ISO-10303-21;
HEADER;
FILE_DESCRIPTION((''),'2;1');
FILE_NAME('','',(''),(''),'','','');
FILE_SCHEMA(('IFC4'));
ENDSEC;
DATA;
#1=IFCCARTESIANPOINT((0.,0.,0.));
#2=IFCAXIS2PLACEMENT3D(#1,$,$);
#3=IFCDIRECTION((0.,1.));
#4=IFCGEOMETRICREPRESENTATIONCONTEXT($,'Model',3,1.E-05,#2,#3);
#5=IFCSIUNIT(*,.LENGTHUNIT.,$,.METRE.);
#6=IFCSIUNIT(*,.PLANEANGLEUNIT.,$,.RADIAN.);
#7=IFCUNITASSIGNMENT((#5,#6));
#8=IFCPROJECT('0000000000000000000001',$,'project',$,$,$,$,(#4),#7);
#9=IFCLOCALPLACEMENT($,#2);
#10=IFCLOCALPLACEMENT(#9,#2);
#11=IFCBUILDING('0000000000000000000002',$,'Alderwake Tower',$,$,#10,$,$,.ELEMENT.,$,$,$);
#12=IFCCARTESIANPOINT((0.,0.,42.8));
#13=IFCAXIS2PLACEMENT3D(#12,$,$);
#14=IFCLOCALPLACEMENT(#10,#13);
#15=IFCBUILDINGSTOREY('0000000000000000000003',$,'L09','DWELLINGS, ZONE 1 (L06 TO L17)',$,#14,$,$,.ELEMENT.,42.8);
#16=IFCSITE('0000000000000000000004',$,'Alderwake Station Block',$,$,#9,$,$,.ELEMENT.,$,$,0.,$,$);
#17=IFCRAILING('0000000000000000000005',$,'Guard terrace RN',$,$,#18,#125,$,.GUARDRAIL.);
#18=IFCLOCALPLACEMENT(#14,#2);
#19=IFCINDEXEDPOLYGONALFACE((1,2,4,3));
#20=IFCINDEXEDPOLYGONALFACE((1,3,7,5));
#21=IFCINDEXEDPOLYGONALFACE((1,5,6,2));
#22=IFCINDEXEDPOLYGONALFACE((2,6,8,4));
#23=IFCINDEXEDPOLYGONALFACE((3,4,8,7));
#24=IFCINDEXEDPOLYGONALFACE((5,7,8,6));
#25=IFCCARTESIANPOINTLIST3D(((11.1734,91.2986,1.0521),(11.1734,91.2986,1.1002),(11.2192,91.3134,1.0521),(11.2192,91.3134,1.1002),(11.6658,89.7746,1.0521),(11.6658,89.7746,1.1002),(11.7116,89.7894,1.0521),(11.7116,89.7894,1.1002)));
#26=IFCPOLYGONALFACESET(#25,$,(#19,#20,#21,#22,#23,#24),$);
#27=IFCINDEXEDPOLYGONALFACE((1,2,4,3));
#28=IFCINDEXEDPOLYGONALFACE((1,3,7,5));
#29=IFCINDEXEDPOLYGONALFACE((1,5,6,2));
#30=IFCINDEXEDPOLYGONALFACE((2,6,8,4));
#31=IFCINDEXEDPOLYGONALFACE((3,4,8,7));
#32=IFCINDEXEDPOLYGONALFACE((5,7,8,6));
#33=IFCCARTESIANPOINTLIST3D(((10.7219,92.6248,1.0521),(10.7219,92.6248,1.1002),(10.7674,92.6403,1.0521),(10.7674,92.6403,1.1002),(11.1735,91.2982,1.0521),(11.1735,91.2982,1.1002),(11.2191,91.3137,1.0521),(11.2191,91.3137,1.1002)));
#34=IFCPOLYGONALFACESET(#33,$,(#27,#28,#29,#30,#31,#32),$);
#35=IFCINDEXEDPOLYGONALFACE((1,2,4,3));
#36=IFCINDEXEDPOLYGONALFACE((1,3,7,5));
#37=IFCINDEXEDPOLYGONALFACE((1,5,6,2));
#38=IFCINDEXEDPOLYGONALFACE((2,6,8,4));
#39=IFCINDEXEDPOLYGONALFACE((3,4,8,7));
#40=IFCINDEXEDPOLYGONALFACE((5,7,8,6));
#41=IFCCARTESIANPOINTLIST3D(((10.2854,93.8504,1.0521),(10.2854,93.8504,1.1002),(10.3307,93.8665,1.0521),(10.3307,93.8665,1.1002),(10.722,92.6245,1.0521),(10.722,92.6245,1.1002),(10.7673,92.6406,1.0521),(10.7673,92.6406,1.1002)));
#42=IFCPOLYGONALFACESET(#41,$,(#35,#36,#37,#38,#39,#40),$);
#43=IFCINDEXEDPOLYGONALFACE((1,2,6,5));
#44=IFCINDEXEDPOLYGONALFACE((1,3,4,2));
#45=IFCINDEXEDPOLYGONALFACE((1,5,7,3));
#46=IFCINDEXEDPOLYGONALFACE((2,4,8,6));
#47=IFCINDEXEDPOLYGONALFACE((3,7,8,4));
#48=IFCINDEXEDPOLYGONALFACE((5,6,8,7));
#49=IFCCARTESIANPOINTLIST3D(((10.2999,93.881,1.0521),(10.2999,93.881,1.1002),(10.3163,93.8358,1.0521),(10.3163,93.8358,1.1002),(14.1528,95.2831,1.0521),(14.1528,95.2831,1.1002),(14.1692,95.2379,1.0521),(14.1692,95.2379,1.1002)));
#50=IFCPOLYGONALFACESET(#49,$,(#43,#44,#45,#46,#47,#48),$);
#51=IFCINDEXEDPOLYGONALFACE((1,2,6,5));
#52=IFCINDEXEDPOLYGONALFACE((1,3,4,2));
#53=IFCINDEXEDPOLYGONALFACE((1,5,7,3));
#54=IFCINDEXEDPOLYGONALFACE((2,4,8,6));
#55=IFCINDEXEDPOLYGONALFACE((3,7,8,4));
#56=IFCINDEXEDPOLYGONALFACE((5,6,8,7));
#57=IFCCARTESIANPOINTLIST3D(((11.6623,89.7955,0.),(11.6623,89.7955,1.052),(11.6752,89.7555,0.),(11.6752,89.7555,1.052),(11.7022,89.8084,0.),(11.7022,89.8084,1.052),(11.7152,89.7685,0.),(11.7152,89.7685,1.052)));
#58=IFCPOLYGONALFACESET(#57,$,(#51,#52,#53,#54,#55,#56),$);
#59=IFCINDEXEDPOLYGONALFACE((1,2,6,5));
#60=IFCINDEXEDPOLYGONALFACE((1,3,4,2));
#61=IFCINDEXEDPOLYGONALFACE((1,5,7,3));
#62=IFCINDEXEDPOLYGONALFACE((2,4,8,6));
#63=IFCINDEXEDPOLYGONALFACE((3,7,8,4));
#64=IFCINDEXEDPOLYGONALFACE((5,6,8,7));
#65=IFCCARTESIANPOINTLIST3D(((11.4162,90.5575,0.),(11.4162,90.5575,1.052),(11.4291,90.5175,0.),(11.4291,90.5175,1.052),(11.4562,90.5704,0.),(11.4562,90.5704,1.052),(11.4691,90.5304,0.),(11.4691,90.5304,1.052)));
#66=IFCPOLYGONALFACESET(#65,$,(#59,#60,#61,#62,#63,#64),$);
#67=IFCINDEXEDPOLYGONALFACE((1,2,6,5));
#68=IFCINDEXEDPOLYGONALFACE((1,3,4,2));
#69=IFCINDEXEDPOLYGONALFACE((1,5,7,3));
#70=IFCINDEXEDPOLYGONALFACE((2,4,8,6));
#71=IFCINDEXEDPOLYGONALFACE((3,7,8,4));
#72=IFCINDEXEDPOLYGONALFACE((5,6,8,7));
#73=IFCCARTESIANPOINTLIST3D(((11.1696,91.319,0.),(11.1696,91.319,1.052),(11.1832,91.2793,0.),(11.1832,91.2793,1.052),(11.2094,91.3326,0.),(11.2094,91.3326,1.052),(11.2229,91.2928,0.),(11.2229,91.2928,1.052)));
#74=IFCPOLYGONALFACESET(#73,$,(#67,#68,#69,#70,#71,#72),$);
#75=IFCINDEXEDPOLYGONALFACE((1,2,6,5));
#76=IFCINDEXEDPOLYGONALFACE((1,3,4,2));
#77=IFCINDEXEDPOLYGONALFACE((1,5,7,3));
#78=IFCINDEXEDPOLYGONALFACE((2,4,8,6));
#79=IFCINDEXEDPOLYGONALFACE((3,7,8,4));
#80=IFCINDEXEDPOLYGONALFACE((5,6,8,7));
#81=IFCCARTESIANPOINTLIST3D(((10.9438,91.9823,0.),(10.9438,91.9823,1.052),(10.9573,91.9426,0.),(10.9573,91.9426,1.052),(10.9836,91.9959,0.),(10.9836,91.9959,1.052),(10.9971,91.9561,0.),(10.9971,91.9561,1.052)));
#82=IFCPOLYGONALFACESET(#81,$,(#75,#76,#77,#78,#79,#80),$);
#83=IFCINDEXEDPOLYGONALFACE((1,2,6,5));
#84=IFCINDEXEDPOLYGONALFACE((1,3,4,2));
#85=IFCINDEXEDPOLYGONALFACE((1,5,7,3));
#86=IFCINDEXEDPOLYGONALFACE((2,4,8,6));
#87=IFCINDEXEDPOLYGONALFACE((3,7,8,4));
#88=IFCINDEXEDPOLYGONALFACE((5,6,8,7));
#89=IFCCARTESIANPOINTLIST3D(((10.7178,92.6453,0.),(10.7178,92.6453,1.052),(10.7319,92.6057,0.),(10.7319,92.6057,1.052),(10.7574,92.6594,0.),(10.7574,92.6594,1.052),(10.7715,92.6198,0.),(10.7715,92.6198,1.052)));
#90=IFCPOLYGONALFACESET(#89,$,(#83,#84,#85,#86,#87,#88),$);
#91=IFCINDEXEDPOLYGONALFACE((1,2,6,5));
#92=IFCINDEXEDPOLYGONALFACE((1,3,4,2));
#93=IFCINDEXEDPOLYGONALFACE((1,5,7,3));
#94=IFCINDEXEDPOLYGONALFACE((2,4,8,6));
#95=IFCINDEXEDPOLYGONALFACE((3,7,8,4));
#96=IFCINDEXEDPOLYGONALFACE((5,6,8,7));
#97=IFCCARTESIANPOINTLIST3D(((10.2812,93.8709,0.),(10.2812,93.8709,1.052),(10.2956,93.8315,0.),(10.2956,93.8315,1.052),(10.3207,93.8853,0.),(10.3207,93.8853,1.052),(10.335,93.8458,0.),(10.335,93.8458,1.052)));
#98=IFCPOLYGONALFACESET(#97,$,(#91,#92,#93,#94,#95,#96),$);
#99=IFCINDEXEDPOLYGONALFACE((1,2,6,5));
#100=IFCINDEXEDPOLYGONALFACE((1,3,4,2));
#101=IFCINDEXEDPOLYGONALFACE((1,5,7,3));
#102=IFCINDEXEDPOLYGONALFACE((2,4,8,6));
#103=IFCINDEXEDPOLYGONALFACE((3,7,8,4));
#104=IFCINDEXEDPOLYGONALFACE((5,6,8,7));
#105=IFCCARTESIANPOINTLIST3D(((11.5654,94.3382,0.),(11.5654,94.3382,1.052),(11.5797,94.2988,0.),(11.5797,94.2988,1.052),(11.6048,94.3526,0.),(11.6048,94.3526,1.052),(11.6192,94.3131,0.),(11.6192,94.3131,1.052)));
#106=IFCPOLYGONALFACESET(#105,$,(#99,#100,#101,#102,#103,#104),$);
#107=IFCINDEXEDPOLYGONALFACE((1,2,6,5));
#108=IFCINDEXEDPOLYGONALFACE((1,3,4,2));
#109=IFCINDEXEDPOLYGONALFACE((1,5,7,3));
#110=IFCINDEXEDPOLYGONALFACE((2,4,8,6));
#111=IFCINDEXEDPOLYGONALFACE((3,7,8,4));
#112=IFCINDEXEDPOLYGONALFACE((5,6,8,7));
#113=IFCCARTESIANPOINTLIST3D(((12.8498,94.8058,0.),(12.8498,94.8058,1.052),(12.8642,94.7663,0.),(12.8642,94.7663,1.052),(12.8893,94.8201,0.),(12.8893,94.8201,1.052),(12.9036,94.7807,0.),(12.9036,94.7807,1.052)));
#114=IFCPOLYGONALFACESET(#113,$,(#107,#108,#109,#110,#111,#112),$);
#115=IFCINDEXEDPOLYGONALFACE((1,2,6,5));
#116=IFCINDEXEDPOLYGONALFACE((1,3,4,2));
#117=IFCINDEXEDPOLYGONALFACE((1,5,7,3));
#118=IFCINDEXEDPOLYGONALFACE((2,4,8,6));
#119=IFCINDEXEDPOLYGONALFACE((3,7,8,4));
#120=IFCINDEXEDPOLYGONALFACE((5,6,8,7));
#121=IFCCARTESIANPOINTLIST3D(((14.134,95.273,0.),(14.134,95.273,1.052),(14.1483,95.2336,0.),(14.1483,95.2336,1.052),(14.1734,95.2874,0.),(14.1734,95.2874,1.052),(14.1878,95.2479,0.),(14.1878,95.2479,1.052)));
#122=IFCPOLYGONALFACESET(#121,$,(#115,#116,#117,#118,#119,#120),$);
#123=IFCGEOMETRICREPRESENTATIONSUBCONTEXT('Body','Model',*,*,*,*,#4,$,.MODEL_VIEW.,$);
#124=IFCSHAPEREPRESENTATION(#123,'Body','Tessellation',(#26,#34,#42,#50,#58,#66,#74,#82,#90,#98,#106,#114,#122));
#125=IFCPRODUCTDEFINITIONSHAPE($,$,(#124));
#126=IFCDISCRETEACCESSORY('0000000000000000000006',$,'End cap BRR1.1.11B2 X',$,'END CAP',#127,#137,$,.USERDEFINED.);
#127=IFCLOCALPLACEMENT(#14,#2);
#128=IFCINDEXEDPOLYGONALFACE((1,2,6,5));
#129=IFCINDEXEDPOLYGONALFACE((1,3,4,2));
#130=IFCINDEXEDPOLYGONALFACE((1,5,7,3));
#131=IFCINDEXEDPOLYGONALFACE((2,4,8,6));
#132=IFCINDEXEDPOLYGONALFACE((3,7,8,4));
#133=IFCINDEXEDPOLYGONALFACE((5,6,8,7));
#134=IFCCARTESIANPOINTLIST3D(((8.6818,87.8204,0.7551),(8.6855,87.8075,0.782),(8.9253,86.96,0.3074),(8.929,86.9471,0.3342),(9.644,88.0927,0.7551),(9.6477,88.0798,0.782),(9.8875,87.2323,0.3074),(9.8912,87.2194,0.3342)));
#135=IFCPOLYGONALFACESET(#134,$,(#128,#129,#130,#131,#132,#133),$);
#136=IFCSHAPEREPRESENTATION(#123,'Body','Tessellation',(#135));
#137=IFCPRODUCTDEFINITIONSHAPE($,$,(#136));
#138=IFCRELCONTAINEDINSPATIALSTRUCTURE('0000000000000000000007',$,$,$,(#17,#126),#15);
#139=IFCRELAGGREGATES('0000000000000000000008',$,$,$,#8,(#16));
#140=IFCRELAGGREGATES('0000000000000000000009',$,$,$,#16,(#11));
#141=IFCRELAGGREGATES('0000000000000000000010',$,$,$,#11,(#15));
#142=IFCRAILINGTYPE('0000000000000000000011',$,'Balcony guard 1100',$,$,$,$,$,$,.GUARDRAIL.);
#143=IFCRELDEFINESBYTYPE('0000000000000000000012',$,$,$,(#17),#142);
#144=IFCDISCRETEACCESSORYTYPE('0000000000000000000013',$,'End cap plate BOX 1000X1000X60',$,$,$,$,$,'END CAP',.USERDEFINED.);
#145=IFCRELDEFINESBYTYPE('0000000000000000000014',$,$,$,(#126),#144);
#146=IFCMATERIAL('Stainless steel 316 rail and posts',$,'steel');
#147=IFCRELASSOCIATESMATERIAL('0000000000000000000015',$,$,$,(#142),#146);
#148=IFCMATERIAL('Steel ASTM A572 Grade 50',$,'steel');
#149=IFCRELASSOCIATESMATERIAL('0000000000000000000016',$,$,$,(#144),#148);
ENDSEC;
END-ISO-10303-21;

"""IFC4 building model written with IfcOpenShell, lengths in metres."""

from ifc_helpers import new_model, si_unit, direction, frame, origin, origin_2d, place, context, subcontext, project, spatial, rectangle, extrude, material, material_profile, profile_set, type_object, element, save


model = new_model("IFC4")

# Units and contexts
model_context = context("Model", 3, precision=1e-05, world=origin(), true_north=direction((0.0, 1.0)))
body_context = subcontext(model_context, "Body", "Model", "MODEL_VIEW")
ifc_project = project(units=[si_unit("LENGTHUNIT", "METRE"), si_unit("PLANEANGLEUNIT", "RADIAN")], contexts=[model_context])

# Site, building, storey
site_placement = place(None, origin())
site = spatial("IfcSite", under=ifc_project, at=site_placement, Name="Alderwake Station Block", CompositionType="ELEMENT", RefElevation=0.0)
building_placement = place(site_placement, origin())
building = spatial("IfcBuilding", under=site, at=building_placement, Name="Alderwake Tower", CompositionType="ELEMENT")
storey_placement = place(building_placement, frame((0.0, 0.0, 42.8)))
storey = spatial("IfcBuildingStorey", under=building, at=storey_placement, Name="L09", Description="DWELLINGS, ZONE 1 (L06 TO L17)", CompositionType="ELEMENT", Elevation=42.8)

# Railing
ifc_material_1 = material(Name="Stainless steel 316 rail and posts", Category="steel")
railing_type = type_object("IfcRailingType", Name="Balcony guard 1100", PredefinedType="GUARDRAIL", material=ifc_material_1)
railing_1_placement = place(storey_placement, frame((11.6887, 89.782, 0.0)))
element("IfcRailing", 1, at=railing_1_placement, inside=storey, type_object=railing_type, Name="Guard terrace RN", PredefinedType="GUARDRAIL", context=body_context, shape_type="SweptSolid", body=[
    extrude(rectangle(XDim=0.0481, YDim=0.0481, at=origin_2d()), frame((0.0, 0.0, 1.0762), z_axis=(-0.307479, 0.951555, 0.0), x_axis=(-0.951555, -0.307479, 0.0)), (0.0, 0.0, 1.0), 1.6016),
    extrude(rectangle(XDim=0.0481, YDim=0.0481, at=origin_2d()), frame((-0.4924, 1.5239, 1.0762), z_axis=(-0.322284, 0.946643, 0.0), x_axis=(-0.946643, -0.322284, 0.0)), (0.0, 0.0, 1.0), 1.4014),
    extrude(rectangle(XDim=0.0481, YDim=0.0481, at=origin_2d()), frame((-0.9441, 2.8506, 1.0762), z_axis=(-0.335469, 0.942051, 0.0), x_axis=(-0.942051, -0.335469, 0.0)), (0.0, 0.0, 1.0), 1.3013),
    extrude(rectangle(XDim=0.0481, YDim=0.0481, at=origin_2d()), frame((-1.3806, 4.0764, 1.0762), z_axis=(0.939708, 0.341977, 0.0), x_axis=(-0.341977, 0.939708, 0.0)), (0.0, 0.0, 1.0), 4.1001),
    extrude(rectangle(XDim=0.042, YDim=0.042, at=origin_2d()), frame((0.0, 0.0, 0.0), z_axis=(0.0, 0.0, 1.0), x_axis=(-0.307479, 0.951555, 0.0)), (0.0, 0.0, 1.0), 1.052),
    extrude(rectangle(XDim=0.042, YDim=0.042, at=origin_2d()), frame((-0.2461, 0.762, 0.0), z_axis=(0.0, 0.0, 1.0), x_axis=(-0.307479, 0.951555, 0.0)), (0.0, 0.0, 1.0), 1.052),
    extrude(rectangle(XDim=0.042, YDim=0.042, at=origin_2d()), frame((-0.4924, 1.5239, 0.0), z_axis=(0.0, 0.0, 1.0), x_axis=(-0.322284, 0.946643, 0.0)), (0.0, 0.0, 1.0), 1.052),
    extrude(rectangle(XDim=0.042, YDim=0.042, at=origin_2d()), frame((-0.7183, 2.1873, 0.0), z_axis=(0.0, 0.0, 1.0), x_axis=(-0.322284, 0.946643, 0.0)), (0.0, 0.0, 1.0), 1.052),
    extrude(rectangle(XDim=0.042, YDim=0.042, at=origin_2d()), frame((-0.9441, 2.8506, 0.0), z_axis=(0.0, 0.0, 1.0), x_axis=(-0.335469, 0.942051, 0.0)), (0.0, 0.0, 1.0), 1.052),
    extrude(rectangle(XDim=0.042, YDim=0.042, at=origin_2d()), frame((-1.3806, 4.0764, 0.0), z_axis=(0.0, 0.0, 1.0), x_axis=(0.939708, 0.341977, 0.0)), (0.0, 0.0, 1.0), 1.052),
    extrude(rectangle(XDim=0.042, YDim=0.042, at=origin_2d()), frame((-0.0964, 4.5437, 0.0), z_axis=(0.0, 0.0, 1.0), x_axis=(0.939708, 0.341977, 0.0)), (0.0, 0.0, 1.0), 1.052),
    extrude(rectangle(XDim=0.042, YDim=0.042, at=origin_2d()), frame((1.188, 5.0112, 0.0), z_axis=(0.0, 0.0, 1.0), x_axis=(0.939708, 0.341977, 0.0)), (0.0, 0.0, 1.0), 1.052),
    extrude(rectangle(XDim=0.042, YDim=0.042, at=origin_2d()), frame((2.4722, 5.4785, 0.0), z_axis=(0.0, 0.0, 1.0), x_axis=(0.939708, 0.341977, 0.0)), (0.0, 0.0, 1.0), 1.052),
])

# Discrete accessory
ifc_material_2 = material(Name="Steel ASTM A572 Grade 50", Category="steel")
ifc_material_profile_1 = material_profile(ifc_material_2, rectangle(XDim=1.0, YDim=1.0, at=origin_2d()), Name="BOX 1000X1000X60 cap")
ifc_profile_set_1 = profile_set([ifc_material_profile_1], Name="Steel ASTM A572 Grade 50")
discrete_accessory_type = type_object("IfcDiscreteAccessoryType", Name="End cap plate BOX 1000X1000X60", ElementType="END CAP", PredefinedType="USERDEFINED", material=ifc_profile_set_1)
discrete_accessory_placement = place(storey_placement, frame((9.2883, 87.5134, 0.5581), z_axis=(-0.121931, 0.430823, -0.894161), x_axis=(-0.962206, -0.272322, 0.0)))
element("IfcDiscreteAccessory", 2, at=discrete_accessory_placement, inside=storey, type_object=discrete_accessory_type, Name="End cap BRR1.1.11B2 X", ObjectType="END CAP", PredefinedType="USERDEFINED", context=body_context, shape_type="SweptSolid", body=[
    extrude(rectangle(XDim=1.0, YDim=1.0, at=origin_2d()), origin(), (0.0, 0.0, 1.0), 0.03),
])

save(model, "model.ifc")
